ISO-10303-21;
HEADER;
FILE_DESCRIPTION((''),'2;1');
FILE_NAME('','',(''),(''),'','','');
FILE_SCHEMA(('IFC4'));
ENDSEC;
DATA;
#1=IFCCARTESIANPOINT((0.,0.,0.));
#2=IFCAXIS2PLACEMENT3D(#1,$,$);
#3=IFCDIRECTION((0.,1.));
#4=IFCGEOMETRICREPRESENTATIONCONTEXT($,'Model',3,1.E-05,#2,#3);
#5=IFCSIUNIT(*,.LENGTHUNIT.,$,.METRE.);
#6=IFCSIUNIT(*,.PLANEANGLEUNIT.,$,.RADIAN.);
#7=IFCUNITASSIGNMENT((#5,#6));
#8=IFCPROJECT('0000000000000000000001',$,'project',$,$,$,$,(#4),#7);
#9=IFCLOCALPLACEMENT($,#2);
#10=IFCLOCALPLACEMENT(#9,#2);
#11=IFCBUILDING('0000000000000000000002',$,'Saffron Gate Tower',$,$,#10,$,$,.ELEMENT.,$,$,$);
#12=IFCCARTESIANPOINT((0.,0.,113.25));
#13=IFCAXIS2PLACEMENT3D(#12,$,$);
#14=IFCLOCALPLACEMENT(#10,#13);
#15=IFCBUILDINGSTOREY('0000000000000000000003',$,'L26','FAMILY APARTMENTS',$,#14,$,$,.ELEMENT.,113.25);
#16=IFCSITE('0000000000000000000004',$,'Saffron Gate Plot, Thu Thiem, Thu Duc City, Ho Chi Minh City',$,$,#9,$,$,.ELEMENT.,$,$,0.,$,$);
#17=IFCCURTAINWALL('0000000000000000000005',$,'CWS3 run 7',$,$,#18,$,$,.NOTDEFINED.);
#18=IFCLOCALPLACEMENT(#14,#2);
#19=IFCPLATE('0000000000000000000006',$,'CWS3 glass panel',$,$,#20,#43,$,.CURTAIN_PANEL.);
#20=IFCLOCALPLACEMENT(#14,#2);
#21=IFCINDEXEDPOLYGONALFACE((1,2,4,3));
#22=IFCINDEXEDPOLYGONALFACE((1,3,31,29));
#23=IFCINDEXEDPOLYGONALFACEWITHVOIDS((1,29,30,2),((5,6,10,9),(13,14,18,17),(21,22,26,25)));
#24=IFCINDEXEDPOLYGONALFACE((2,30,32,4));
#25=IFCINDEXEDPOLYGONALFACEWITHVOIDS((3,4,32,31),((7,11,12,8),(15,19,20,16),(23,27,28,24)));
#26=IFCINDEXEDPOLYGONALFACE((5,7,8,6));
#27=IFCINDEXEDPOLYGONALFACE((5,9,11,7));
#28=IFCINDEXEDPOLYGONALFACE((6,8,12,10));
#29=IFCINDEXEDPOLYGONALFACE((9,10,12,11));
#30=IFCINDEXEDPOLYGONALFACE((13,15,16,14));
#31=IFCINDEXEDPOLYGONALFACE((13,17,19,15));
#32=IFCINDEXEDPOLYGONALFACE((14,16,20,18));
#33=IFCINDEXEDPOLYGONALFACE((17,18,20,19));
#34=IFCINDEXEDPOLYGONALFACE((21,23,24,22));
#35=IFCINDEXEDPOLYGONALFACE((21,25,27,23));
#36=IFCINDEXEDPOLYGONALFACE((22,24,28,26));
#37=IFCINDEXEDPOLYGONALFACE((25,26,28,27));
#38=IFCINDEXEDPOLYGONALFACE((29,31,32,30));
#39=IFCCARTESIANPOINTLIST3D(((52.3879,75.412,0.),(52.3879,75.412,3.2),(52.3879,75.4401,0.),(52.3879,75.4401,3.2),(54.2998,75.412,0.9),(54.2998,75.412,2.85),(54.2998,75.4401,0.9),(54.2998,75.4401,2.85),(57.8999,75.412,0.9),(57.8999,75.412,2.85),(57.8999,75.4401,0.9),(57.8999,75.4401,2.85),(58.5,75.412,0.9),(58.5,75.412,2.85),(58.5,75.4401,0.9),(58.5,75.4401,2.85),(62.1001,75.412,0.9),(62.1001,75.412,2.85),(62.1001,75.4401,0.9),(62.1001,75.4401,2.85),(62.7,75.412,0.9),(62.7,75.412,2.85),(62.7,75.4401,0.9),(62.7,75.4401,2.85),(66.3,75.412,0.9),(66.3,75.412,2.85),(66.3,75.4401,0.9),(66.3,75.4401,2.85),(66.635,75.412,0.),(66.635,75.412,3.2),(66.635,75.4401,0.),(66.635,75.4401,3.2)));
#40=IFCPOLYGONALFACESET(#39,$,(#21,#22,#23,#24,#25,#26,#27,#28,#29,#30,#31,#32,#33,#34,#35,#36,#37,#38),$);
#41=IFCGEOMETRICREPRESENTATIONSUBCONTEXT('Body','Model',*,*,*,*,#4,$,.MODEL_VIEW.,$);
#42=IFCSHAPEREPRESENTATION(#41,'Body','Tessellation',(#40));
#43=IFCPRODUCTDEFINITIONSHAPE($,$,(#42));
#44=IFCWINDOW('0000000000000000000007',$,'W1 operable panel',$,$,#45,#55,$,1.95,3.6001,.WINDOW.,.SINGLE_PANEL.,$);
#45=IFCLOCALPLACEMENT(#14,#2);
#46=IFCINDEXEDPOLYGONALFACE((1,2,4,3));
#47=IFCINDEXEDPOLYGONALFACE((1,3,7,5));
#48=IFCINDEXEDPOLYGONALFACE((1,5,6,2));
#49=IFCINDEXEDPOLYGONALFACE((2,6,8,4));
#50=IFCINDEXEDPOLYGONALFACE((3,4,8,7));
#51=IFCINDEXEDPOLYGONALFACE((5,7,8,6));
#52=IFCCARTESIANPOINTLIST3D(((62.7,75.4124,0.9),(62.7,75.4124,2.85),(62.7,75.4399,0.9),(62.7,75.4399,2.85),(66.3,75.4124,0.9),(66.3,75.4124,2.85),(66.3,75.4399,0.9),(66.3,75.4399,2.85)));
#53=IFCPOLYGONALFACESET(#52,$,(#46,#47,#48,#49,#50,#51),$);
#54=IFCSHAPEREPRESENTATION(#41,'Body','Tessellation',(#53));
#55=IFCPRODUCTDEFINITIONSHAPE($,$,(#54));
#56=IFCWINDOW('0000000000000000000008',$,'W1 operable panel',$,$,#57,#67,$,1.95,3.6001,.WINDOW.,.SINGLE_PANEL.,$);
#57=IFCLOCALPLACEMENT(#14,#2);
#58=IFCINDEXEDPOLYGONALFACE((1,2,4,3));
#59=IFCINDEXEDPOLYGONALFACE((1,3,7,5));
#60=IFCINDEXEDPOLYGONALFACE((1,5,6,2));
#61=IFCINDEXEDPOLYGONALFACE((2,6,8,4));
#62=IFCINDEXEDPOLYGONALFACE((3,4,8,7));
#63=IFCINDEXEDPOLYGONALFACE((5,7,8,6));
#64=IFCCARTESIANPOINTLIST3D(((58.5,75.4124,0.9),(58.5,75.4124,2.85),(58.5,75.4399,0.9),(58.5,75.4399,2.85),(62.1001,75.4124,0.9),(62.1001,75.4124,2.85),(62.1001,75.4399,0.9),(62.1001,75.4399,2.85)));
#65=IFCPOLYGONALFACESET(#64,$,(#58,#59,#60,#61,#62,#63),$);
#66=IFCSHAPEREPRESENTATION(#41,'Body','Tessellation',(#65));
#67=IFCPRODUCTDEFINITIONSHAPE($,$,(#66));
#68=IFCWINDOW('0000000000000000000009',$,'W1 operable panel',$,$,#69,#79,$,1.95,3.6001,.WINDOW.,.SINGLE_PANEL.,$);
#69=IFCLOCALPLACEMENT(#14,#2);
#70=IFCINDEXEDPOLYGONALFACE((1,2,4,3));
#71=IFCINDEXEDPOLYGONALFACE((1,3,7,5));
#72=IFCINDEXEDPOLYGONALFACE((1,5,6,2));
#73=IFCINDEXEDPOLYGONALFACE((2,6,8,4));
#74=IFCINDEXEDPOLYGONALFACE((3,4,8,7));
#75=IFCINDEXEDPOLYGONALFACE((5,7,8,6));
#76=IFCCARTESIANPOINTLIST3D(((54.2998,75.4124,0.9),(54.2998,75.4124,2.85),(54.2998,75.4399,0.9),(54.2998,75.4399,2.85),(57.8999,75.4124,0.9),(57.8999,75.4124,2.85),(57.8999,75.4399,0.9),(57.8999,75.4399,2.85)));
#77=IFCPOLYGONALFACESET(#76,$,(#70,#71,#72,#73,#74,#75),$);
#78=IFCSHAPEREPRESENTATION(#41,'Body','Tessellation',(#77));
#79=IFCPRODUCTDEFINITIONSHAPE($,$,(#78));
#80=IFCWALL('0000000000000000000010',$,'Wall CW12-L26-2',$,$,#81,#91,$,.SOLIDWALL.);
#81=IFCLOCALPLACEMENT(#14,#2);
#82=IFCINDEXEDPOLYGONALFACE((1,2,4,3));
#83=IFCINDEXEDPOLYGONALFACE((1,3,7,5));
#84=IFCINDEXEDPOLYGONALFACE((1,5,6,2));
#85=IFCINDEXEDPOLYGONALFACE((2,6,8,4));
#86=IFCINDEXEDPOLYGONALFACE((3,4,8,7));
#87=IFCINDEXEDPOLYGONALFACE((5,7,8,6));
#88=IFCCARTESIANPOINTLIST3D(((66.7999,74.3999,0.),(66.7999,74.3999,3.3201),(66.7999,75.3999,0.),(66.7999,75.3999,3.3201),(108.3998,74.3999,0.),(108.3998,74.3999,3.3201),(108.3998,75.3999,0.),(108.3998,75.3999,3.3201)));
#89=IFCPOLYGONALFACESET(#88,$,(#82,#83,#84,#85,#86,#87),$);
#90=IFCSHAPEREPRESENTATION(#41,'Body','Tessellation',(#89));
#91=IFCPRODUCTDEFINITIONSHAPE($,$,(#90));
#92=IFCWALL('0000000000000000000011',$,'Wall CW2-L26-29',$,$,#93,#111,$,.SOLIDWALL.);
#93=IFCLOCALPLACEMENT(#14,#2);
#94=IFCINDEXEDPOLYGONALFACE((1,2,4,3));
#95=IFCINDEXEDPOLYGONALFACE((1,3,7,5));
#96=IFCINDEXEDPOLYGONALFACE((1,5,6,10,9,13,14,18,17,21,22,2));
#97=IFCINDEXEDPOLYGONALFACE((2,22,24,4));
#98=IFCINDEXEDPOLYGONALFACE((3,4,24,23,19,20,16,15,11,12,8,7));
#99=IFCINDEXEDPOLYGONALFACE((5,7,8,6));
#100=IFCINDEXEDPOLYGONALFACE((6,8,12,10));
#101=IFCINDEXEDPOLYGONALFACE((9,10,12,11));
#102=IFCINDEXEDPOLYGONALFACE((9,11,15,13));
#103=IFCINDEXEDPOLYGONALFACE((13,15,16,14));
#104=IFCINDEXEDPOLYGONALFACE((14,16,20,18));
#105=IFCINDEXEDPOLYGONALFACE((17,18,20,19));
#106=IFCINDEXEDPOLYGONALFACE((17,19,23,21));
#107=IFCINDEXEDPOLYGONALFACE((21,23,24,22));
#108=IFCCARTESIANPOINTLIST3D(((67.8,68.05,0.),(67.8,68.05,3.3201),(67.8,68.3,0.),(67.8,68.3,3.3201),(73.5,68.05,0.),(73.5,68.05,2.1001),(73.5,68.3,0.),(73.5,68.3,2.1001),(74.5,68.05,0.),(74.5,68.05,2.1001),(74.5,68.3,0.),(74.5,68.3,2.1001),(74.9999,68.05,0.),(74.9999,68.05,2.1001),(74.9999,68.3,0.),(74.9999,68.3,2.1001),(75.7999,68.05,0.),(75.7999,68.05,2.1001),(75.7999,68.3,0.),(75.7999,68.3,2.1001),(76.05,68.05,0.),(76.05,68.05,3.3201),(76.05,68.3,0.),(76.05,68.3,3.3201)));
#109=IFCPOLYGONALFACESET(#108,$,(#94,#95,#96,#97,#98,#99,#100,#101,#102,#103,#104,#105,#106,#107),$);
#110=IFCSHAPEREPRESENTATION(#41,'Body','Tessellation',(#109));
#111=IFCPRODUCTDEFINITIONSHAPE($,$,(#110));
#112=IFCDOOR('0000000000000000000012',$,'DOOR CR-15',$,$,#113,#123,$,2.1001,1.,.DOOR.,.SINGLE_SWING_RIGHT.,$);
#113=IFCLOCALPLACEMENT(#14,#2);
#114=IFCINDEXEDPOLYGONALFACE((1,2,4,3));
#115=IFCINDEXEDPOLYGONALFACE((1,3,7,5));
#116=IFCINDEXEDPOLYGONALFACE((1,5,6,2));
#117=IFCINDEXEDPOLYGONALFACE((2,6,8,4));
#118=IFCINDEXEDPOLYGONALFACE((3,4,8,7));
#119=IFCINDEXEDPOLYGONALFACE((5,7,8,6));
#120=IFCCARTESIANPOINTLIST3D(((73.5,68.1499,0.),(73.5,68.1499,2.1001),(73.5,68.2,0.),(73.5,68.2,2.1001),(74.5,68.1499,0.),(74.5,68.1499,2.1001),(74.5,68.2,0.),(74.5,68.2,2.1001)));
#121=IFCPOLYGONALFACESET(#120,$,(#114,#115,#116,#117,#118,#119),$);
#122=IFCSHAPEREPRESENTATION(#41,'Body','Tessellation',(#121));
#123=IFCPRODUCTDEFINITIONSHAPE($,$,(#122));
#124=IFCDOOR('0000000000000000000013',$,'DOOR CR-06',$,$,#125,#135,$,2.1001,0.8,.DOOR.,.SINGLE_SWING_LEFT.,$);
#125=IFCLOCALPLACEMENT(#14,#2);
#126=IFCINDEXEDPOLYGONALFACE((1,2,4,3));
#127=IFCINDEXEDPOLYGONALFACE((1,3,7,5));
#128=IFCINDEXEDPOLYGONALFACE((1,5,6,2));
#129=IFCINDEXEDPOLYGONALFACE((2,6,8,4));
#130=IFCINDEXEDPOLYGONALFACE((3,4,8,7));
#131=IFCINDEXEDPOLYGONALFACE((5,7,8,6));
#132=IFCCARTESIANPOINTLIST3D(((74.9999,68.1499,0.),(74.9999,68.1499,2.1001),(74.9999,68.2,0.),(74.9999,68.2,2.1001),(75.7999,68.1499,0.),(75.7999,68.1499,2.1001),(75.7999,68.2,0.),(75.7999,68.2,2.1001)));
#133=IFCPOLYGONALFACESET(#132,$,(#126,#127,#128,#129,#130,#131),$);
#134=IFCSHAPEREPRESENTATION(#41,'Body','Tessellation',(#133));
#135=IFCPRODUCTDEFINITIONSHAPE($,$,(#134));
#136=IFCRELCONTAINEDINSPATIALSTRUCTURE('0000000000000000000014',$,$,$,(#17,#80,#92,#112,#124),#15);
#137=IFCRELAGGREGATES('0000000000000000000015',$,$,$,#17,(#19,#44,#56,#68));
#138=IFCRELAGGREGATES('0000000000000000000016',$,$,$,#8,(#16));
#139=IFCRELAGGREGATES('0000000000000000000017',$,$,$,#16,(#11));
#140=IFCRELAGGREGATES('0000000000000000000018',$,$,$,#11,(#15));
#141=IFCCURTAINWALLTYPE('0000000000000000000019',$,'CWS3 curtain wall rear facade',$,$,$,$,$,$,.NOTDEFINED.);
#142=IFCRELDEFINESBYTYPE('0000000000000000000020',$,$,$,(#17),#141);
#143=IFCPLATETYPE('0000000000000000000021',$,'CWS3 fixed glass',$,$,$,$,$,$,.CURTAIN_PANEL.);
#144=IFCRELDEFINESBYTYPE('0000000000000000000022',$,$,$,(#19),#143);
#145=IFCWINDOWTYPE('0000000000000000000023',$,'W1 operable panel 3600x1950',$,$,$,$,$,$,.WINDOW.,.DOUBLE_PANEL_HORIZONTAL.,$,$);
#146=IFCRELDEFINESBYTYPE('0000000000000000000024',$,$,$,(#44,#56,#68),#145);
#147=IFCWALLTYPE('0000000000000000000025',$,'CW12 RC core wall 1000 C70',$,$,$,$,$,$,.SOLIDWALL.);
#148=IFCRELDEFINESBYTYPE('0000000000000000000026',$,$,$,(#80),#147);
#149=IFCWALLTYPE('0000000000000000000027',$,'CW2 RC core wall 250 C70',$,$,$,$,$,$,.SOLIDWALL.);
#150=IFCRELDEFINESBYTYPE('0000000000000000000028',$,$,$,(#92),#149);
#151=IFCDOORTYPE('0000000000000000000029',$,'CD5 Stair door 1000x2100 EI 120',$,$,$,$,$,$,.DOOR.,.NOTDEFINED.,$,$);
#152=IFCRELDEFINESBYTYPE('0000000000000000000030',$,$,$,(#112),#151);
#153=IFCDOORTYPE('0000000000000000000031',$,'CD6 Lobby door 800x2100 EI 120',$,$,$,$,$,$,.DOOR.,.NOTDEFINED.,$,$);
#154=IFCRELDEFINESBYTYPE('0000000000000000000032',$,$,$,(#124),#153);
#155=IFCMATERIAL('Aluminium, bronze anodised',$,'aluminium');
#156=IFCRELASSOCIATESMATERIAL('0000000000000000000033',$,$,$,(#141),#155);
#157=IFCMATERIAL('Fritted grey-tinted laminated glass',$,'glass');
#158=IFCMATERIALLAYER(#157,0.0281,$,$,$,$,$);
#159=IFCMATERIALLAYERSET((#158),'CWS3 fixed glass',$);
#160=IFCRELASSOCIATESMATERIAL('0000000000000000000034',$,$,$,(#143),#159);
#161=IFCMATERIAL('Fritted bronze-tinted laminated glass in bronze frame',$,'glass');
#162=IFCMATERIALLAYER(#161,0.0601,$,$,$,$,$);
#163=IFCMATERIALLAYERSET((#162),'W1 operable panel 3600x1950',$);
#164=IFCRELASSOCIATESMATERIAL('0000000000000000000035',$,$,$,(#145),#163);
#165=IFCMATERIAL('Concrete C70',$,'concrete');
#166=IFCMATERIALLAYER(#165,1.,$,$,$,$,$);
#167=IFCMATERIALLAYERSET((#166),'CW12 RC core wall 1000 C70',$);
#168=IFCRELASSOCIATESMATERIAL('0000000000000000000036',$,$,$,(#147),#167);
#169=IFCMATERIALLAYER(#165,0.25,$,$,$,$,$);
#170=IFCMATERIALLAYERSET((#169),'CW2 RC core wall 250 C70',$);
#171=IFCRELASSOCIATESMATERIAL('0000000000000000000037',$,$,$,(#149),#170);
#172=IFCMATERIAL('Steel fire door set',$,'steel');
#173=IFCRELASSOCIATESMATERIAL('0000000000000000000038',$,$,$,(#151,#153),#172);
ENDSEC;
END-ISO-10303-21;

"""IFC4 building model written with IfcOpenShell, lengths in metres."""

from ifc_helpers import new_model, si_unit, direction, frame, frame_2d, origin, place, context, subcontext, project, spatial, rectangle, extrude, material, layer, layer_set, type_object, element, fill, aggregate, save


model = new_model("IFC4")

# Units and contexts
model_context = context("Model", 3, precision=1e-05, world=origin(), true_north=direction((0.0, 1.0)))
body_context = subcontext(model_context, "Body", "Model", "MODEL_VIEW")
ifc_project = project(units=[si_unit("LENGTHUNIT", "METRE"), si_unit("PLANEANGLEUNIT", "RADIAN")], contexts=[model_context])

# Site, building, storey
site_placement = place(None, origin())
site = spatial("IfcSite", under=ifc_project, at=site_placement, Name="Saffron Gate Plot, Thu Thiem, Thu Duc City, Ho Chi Minh City", CompositionType="ELEMENT", RefElevation=0.0)
building_placement = place(site_placement, origin())
building = spatial("IfcBuilding", under=site, at=building_placement, Name="Saffron Gate Tower", CompositionType="ELEMENT")
storey_placement = place(building_placement, frame((0.0, 0.0, 113.25)))
storey = spatial("IfcBuildingStorey", under=building, at=storey_placement, Name="L26", Description="FAMILY APARTMENTS", CompositionType="ELEMENT", Elevation=113.25)

# Curtain wall, plate, openings, windows
ifc_material_1 = material(Name="Aluminium, bronze anodised", Category="aluminium")
curtain_wall_type = type_object("IfcCurtainWallType", Name="CWS3 curtain wall rear facade", PredefinedType="NOTDEFINED", material=ifc_material_1)
curtain_wall_placement = place(storey_placement, origin())
curtain_wall = element("IfcCurtainWall", 1, at=curtain_wall_placement, inside=storey, type_object=curtain_wall_type, Name="CWS3 run 7", PredefinedType="NOTDEFINED")
ifc_material_2 = material(Name="Fritted grey-tinted laminated glass", Category="glass")
ifc_layer_1 = layer(ifc_material_2, 0.0281)
ifc_layer_set_1 = layer_set([ifc_layer_1], Name="CWS3 fixed glass")
plate_type = type_object("IfcPlateType", Name="CWS3 fixed glass", PredefinedType="CURTAIN_PANEL", material=ifc_layer_set_1)
plate_placement = place(storey_placement, frame((66.635, 75.426, 0.0), z_axis=(0.0, 0.0, 1.0), x_axis=(-1.0, 0.0, 0.0)))
plate = element("IfcPlate", 2, at=plate_placement, type_object=plate_type, Name="CWS3 glass panel", PredefinedType="CURTAIN_PANEL", context=body_context, shape_type="SweptSolid", body=[
    extrude(rectangle(XDim=14.2471, YDim=0.0281, at=frame_2d((7.1235, 0.0))), origin(), (0.0, 0.0, 1.0), 3.2),
])
opening_1_placement = place(plate_placement, frame((0.335, 0.0, 0.8999)))
opening_1 = element("IfcOpeningElement", 3, at=opening_1_placement, cuts=plate, PredefinedType="OPENING", context=body_context, shape_type="SweptSolid", body=[
    extrude(rectangle(XDim=3.6001, YDim=1.95, at=frame_2d((1.8, 0.9751))), frame((0.0, 0.0239, 0.0), z_axis=(0.0, -1.0, 0.0), x_axis=(1.0, 0.0, 0.0)), (0.0, 0.0, 1.0), 0.0481),
])
opening_2_placement = place(plate_placement, frame((4.5349, 0.0, 0.8999)))
opening_2 = element("IfcOpeningElement", 4, at=opening_2_placement, cuts=plate, PredefinedType="OPENING", context=body_context, shape_type="SweptSolid", body=[
    extrude(rectangle(XDim=3.6001, YDim=1.95, at=frame_2d((1.8, 0.9751))), frame((0.0, 0.0239, 0.0), z_axis=(0.0, -1.0, 0.0), x_axis=(1.0, 0.0, 0.0)), (0.0, 0.0, 1.0), 0.0481),
])
opening_3_placement = place(plate_placement, frame((8.7351, 0.0, 0.8999)))
opening_3 = element("IfcOpeningElement", 5, at=opening_3_placement, cuts=plate, PredefinedType="OPENING", context=body_context, shape_type="SweptSolid", body=[
    extrude(rectangle(XDim=3.6001, YDim=1.95, at=frame_2d((1.8, 0.9751))), frame((0.0, 0.0239, 0.0), z_axis=(0.0, -1.0, 0.0), x_axis=(1.0, 0.0, 0.0)), (0.0, 0.0, 1.0), 0.0481),
])
ifc_material_3 = material(Name="Fritted bronze-tinted laminated glass in bronze frame", Category="glass")
ifc_layer_2 = layer(ifc_material_3, 0.0601)
ifc_layer_set_2 = layer_set([ifc_layer_2], Name="W1 operable panel 3600x1950")
window_type = type_object("IfcWindowType", Name="W1 operable panel 3600x1950", PartitioningType="DOUBLE_PANEL_HORIZONTAL", PredefinedType="WINDOW", material=ifc_layer_set_2)
window_1_placement = place(opening_1_placement, origin())
window_1 = element("IfcWindow", 6, at=window_1_placement, type_object=window_type, Name="W1 operable panel", OverallHeight=1.95, OverallWidth=3.6001, PartitioningType="SINGLE_PANEL", PredefinedType="WINDOW", context=body_context, shape_type="SweptSolid", body=[
    extrude(rectangle(XDim=3.6001, YDim=1.95, at=frame_2d((1.8, 0.9751))), frame((0.0, 0.0137, 0.0), z_axis=(0.0, -1.0, 0.0), x_axis=(1.0, 0.0, 0.0)), (0.0, 0.0, 1.0), 0.0276),
])
fill(opening_1, window_1)
window_2_placement = place(opening_2_placement, origin())
window_2 = element("IfcWindow", 7, at=window_2_placement, type_object=window_type, Name="W1 operable panel", OverallHeight=1.95, OverallWidth=3.6001, PartitioningType="SINGLE_PANEL", PredefinedType="WINDOW", context=body_context, shape_type="SweptSolid", body=[
    extrude(rectangle(XDim=3.6001, YDim=1.95, at=frame_2d((1.8, 0.9751))), frame((0.0, 0.0137, 0.0), z_axis=(0.0, -1.0, 0.0), x_axis=(1.0, 0.0, 0.0)), (0.0, 0.0, 1.0), 0.0276),
])
fill(opening_2, window_2)
window_3_placement = place(opening_3_placement, origin())
window_3 = element("IfcWindow", 8, at=window_3_placement, type_object=window_type, Name="W1 operable panel", OverallHeight=1.95, OverallWidth=3.6001, PartitioningType="SINGLE_PANEL", PredefinedType="WINDOW", context=body_context, shape_type="SweptSolid", body=[
    extrude(rectangle(XDim=3.6001, YDim=1.95, at=frame_2d((1.8, 0.9751))), frame((0.0, 0.0137, 0.0), z_axis=(0.0, -1.0, 0.0), x_axis=(1.0, 0.0, 0.0)), (0.0, 0.0, 1.0), 0.0276),
])
fill(opening_3, window_3)
aggregate(curtain_wall, [plate, window_1, window_2, window_3])

# Wall
ifc_material_4 = material(Name="Concrete C70", Category="concrete")
ifc_layer_3 = layer(ifc_material_4, 1.0)
ifc_layer_set_3 = layer_set([ifc_layer_3], Name="CW12 RC core wall 1000 C70")
wall_type_1 = type_object("IfcWallType", Name="CW12 RC core wall 1000 C70", PredefinedType="SOLIDWALL", material=ifc_layer_set_3)
wall_1_placement = place(storey_placement, frame((66.8, 74.8999, 0.0), z_axis=(0.0, 0.0, 1.0), x_axis=(1.0, 0.0, 0.0)))
element("IfcWall", 9, at=wall_1_placement, inside=storey, type_object=wall_type_1, Name="Wall CW12-L26-2", PredefinedType="SOLIDWALL", context=body_context, shape_type="SweptSolid", body=[
    extrude(rectangle(XDim=41.5999, YDim=1.0, at=frame_2d((20.7998, 0.0))), origin(), (0.0, 0.0, 1.0), 3.3201),
])

# Wall, openings, doors
ifc_layer_4 = layer(ifc_material_4, 0.25)
ifc_layer_set_4 = layer_set([ifc_layer_4], Name="CW2 RC core wall 250 C70")
wall_type_2 = type_object("IfcWallType", Name="CW2 RC core wall 250 C70", PredefinedType="SOLIDWALL", material=ifc_layer_set_4)
wall_2_placement = place(storey_placement, frame((67.8, 68.175, 0.0), z_axis=(0.0, 0.0, 1.0), x_axis=(1.0, 0.0, 0.0)))
wall_2 = element("IfcWall", 10, at=wall_2_placement, inside=storey, type_object=wall_type_2, Name="Wall CW2-L26-29", PredefinedType="SOLIDWALL", context=body_context, shape_type="SweptSolid", body=[
    extrude(rectangle(XDim=8.25, YDim=0.25, at=frame_2d((4.125, 0.0))), origin(), (0.0, 0.0, 1.0), 3.3201),
])
opening_4_placement = place(wall_2_placement, frame((5.7, 0.0, 0.0)))
opening_4 = element("IfcOpeningElement", 11, at=opening_4_placement, cuts=wall_2, PredefinedType="OPENING", context=body_context, shape_type="SweptSolid", body=[
    extrude(rectangle(XDim=1.0, YDim=2.1001, at=frame_2d((0.5, 1.05))), frame((0.0, 0.135, 0.0), z_axis=(0.0, -1.0, 0.0), x_axis=(1.0, 0.0, 0.0)), (0.0, 0.0, 1.0), 0.27),
])
opening_5_placement = place(wall_2_placement, frame((7.2, 0.0, 0.0)))
opening_5 = element("IfcOpeningElement", 12, at=opening_5_placement, cuts=wall_2, PredefinedType="OPENING", context=body_context, shape_type="SweptSolid", body=[
    extrude(rectangle(XDim=0.8, YDim=2.1001, at=frame_2d((0.3999, 1.05))), frame((0.0, 0.135, 0.0), z_axis=(0.0, -1.0, 0.0), x_axis=(1.0, 0.0, 0.0)), (0.0, 0.0, 1.0), 0.27),
])
ifc_material_5 = material(Name="Steel fire door set", Category="steel")
door_type_1 = type_object("IfcDoorType", Name="CD5 Stair door 1000x2100 EI 120", OperationType="NOTDEFINED", PredefinedType="DOOR", material=ifc_material_5)
door_1_placement = place(opening_4_placement, origin())
door_1 = element("IfcDoor", 13, at=door_1_placement, inside=storey, type_object=door_type_1, Name="DOOR CR-15", OperationType="SINGLE_SWING_RIGHT", OverallHeight=2.1001, OverallWidth=1.0, PredefinedType="DOOR", context=body_context, shape_type="SweptSolid", body=[
    extrude(rectangle(XDim=1.0, YDim=2.1001, at=frame_2d((0.5, 1.05))), frame((0.0, 0.0249, 0.0), z_axis=(0.0, -1.0, 0.0), x_axis=(1.0, 0.0, 0.0)), (0.0, 0.0, 1.0), 0.05),
])
fill(opening_4, door_1)
door_type_2 = type_object("IfcDoorType", Name="CD6 Lobby door 800x2100 EI 120", OperationType="NOTDEFINED", PredefinedType="DOOR", material=ifc_material_5)
door_2_placement = place(opening_5_placement, origin())
door_2 = element("IfcDoor", 14, at=door_2_placement, inside=storey, type_object=door_type_2, Name="DOOR CR-06", OperationType="SINGLE_SWING_LEFT", OverallHeight=2.1001, OverallWidth=0.8, PredefinedType="DOOR", context=body_context, shape_type="SweptSolid", body=[
    extrude(rectangle(XDim=0.8, YDim=2.1001, at=frame_2d((0.3999, 1.05))), frame((0.0, 0.0249, 0.0), z_axis=(0.0, -1.0, 0.0), x_axis=(1.0, 0.0, 0.0)), (0.0, 0.0, 1.0), 0.05),
])
fill(opening_5, door_2)

save(model, "model.ifc")
